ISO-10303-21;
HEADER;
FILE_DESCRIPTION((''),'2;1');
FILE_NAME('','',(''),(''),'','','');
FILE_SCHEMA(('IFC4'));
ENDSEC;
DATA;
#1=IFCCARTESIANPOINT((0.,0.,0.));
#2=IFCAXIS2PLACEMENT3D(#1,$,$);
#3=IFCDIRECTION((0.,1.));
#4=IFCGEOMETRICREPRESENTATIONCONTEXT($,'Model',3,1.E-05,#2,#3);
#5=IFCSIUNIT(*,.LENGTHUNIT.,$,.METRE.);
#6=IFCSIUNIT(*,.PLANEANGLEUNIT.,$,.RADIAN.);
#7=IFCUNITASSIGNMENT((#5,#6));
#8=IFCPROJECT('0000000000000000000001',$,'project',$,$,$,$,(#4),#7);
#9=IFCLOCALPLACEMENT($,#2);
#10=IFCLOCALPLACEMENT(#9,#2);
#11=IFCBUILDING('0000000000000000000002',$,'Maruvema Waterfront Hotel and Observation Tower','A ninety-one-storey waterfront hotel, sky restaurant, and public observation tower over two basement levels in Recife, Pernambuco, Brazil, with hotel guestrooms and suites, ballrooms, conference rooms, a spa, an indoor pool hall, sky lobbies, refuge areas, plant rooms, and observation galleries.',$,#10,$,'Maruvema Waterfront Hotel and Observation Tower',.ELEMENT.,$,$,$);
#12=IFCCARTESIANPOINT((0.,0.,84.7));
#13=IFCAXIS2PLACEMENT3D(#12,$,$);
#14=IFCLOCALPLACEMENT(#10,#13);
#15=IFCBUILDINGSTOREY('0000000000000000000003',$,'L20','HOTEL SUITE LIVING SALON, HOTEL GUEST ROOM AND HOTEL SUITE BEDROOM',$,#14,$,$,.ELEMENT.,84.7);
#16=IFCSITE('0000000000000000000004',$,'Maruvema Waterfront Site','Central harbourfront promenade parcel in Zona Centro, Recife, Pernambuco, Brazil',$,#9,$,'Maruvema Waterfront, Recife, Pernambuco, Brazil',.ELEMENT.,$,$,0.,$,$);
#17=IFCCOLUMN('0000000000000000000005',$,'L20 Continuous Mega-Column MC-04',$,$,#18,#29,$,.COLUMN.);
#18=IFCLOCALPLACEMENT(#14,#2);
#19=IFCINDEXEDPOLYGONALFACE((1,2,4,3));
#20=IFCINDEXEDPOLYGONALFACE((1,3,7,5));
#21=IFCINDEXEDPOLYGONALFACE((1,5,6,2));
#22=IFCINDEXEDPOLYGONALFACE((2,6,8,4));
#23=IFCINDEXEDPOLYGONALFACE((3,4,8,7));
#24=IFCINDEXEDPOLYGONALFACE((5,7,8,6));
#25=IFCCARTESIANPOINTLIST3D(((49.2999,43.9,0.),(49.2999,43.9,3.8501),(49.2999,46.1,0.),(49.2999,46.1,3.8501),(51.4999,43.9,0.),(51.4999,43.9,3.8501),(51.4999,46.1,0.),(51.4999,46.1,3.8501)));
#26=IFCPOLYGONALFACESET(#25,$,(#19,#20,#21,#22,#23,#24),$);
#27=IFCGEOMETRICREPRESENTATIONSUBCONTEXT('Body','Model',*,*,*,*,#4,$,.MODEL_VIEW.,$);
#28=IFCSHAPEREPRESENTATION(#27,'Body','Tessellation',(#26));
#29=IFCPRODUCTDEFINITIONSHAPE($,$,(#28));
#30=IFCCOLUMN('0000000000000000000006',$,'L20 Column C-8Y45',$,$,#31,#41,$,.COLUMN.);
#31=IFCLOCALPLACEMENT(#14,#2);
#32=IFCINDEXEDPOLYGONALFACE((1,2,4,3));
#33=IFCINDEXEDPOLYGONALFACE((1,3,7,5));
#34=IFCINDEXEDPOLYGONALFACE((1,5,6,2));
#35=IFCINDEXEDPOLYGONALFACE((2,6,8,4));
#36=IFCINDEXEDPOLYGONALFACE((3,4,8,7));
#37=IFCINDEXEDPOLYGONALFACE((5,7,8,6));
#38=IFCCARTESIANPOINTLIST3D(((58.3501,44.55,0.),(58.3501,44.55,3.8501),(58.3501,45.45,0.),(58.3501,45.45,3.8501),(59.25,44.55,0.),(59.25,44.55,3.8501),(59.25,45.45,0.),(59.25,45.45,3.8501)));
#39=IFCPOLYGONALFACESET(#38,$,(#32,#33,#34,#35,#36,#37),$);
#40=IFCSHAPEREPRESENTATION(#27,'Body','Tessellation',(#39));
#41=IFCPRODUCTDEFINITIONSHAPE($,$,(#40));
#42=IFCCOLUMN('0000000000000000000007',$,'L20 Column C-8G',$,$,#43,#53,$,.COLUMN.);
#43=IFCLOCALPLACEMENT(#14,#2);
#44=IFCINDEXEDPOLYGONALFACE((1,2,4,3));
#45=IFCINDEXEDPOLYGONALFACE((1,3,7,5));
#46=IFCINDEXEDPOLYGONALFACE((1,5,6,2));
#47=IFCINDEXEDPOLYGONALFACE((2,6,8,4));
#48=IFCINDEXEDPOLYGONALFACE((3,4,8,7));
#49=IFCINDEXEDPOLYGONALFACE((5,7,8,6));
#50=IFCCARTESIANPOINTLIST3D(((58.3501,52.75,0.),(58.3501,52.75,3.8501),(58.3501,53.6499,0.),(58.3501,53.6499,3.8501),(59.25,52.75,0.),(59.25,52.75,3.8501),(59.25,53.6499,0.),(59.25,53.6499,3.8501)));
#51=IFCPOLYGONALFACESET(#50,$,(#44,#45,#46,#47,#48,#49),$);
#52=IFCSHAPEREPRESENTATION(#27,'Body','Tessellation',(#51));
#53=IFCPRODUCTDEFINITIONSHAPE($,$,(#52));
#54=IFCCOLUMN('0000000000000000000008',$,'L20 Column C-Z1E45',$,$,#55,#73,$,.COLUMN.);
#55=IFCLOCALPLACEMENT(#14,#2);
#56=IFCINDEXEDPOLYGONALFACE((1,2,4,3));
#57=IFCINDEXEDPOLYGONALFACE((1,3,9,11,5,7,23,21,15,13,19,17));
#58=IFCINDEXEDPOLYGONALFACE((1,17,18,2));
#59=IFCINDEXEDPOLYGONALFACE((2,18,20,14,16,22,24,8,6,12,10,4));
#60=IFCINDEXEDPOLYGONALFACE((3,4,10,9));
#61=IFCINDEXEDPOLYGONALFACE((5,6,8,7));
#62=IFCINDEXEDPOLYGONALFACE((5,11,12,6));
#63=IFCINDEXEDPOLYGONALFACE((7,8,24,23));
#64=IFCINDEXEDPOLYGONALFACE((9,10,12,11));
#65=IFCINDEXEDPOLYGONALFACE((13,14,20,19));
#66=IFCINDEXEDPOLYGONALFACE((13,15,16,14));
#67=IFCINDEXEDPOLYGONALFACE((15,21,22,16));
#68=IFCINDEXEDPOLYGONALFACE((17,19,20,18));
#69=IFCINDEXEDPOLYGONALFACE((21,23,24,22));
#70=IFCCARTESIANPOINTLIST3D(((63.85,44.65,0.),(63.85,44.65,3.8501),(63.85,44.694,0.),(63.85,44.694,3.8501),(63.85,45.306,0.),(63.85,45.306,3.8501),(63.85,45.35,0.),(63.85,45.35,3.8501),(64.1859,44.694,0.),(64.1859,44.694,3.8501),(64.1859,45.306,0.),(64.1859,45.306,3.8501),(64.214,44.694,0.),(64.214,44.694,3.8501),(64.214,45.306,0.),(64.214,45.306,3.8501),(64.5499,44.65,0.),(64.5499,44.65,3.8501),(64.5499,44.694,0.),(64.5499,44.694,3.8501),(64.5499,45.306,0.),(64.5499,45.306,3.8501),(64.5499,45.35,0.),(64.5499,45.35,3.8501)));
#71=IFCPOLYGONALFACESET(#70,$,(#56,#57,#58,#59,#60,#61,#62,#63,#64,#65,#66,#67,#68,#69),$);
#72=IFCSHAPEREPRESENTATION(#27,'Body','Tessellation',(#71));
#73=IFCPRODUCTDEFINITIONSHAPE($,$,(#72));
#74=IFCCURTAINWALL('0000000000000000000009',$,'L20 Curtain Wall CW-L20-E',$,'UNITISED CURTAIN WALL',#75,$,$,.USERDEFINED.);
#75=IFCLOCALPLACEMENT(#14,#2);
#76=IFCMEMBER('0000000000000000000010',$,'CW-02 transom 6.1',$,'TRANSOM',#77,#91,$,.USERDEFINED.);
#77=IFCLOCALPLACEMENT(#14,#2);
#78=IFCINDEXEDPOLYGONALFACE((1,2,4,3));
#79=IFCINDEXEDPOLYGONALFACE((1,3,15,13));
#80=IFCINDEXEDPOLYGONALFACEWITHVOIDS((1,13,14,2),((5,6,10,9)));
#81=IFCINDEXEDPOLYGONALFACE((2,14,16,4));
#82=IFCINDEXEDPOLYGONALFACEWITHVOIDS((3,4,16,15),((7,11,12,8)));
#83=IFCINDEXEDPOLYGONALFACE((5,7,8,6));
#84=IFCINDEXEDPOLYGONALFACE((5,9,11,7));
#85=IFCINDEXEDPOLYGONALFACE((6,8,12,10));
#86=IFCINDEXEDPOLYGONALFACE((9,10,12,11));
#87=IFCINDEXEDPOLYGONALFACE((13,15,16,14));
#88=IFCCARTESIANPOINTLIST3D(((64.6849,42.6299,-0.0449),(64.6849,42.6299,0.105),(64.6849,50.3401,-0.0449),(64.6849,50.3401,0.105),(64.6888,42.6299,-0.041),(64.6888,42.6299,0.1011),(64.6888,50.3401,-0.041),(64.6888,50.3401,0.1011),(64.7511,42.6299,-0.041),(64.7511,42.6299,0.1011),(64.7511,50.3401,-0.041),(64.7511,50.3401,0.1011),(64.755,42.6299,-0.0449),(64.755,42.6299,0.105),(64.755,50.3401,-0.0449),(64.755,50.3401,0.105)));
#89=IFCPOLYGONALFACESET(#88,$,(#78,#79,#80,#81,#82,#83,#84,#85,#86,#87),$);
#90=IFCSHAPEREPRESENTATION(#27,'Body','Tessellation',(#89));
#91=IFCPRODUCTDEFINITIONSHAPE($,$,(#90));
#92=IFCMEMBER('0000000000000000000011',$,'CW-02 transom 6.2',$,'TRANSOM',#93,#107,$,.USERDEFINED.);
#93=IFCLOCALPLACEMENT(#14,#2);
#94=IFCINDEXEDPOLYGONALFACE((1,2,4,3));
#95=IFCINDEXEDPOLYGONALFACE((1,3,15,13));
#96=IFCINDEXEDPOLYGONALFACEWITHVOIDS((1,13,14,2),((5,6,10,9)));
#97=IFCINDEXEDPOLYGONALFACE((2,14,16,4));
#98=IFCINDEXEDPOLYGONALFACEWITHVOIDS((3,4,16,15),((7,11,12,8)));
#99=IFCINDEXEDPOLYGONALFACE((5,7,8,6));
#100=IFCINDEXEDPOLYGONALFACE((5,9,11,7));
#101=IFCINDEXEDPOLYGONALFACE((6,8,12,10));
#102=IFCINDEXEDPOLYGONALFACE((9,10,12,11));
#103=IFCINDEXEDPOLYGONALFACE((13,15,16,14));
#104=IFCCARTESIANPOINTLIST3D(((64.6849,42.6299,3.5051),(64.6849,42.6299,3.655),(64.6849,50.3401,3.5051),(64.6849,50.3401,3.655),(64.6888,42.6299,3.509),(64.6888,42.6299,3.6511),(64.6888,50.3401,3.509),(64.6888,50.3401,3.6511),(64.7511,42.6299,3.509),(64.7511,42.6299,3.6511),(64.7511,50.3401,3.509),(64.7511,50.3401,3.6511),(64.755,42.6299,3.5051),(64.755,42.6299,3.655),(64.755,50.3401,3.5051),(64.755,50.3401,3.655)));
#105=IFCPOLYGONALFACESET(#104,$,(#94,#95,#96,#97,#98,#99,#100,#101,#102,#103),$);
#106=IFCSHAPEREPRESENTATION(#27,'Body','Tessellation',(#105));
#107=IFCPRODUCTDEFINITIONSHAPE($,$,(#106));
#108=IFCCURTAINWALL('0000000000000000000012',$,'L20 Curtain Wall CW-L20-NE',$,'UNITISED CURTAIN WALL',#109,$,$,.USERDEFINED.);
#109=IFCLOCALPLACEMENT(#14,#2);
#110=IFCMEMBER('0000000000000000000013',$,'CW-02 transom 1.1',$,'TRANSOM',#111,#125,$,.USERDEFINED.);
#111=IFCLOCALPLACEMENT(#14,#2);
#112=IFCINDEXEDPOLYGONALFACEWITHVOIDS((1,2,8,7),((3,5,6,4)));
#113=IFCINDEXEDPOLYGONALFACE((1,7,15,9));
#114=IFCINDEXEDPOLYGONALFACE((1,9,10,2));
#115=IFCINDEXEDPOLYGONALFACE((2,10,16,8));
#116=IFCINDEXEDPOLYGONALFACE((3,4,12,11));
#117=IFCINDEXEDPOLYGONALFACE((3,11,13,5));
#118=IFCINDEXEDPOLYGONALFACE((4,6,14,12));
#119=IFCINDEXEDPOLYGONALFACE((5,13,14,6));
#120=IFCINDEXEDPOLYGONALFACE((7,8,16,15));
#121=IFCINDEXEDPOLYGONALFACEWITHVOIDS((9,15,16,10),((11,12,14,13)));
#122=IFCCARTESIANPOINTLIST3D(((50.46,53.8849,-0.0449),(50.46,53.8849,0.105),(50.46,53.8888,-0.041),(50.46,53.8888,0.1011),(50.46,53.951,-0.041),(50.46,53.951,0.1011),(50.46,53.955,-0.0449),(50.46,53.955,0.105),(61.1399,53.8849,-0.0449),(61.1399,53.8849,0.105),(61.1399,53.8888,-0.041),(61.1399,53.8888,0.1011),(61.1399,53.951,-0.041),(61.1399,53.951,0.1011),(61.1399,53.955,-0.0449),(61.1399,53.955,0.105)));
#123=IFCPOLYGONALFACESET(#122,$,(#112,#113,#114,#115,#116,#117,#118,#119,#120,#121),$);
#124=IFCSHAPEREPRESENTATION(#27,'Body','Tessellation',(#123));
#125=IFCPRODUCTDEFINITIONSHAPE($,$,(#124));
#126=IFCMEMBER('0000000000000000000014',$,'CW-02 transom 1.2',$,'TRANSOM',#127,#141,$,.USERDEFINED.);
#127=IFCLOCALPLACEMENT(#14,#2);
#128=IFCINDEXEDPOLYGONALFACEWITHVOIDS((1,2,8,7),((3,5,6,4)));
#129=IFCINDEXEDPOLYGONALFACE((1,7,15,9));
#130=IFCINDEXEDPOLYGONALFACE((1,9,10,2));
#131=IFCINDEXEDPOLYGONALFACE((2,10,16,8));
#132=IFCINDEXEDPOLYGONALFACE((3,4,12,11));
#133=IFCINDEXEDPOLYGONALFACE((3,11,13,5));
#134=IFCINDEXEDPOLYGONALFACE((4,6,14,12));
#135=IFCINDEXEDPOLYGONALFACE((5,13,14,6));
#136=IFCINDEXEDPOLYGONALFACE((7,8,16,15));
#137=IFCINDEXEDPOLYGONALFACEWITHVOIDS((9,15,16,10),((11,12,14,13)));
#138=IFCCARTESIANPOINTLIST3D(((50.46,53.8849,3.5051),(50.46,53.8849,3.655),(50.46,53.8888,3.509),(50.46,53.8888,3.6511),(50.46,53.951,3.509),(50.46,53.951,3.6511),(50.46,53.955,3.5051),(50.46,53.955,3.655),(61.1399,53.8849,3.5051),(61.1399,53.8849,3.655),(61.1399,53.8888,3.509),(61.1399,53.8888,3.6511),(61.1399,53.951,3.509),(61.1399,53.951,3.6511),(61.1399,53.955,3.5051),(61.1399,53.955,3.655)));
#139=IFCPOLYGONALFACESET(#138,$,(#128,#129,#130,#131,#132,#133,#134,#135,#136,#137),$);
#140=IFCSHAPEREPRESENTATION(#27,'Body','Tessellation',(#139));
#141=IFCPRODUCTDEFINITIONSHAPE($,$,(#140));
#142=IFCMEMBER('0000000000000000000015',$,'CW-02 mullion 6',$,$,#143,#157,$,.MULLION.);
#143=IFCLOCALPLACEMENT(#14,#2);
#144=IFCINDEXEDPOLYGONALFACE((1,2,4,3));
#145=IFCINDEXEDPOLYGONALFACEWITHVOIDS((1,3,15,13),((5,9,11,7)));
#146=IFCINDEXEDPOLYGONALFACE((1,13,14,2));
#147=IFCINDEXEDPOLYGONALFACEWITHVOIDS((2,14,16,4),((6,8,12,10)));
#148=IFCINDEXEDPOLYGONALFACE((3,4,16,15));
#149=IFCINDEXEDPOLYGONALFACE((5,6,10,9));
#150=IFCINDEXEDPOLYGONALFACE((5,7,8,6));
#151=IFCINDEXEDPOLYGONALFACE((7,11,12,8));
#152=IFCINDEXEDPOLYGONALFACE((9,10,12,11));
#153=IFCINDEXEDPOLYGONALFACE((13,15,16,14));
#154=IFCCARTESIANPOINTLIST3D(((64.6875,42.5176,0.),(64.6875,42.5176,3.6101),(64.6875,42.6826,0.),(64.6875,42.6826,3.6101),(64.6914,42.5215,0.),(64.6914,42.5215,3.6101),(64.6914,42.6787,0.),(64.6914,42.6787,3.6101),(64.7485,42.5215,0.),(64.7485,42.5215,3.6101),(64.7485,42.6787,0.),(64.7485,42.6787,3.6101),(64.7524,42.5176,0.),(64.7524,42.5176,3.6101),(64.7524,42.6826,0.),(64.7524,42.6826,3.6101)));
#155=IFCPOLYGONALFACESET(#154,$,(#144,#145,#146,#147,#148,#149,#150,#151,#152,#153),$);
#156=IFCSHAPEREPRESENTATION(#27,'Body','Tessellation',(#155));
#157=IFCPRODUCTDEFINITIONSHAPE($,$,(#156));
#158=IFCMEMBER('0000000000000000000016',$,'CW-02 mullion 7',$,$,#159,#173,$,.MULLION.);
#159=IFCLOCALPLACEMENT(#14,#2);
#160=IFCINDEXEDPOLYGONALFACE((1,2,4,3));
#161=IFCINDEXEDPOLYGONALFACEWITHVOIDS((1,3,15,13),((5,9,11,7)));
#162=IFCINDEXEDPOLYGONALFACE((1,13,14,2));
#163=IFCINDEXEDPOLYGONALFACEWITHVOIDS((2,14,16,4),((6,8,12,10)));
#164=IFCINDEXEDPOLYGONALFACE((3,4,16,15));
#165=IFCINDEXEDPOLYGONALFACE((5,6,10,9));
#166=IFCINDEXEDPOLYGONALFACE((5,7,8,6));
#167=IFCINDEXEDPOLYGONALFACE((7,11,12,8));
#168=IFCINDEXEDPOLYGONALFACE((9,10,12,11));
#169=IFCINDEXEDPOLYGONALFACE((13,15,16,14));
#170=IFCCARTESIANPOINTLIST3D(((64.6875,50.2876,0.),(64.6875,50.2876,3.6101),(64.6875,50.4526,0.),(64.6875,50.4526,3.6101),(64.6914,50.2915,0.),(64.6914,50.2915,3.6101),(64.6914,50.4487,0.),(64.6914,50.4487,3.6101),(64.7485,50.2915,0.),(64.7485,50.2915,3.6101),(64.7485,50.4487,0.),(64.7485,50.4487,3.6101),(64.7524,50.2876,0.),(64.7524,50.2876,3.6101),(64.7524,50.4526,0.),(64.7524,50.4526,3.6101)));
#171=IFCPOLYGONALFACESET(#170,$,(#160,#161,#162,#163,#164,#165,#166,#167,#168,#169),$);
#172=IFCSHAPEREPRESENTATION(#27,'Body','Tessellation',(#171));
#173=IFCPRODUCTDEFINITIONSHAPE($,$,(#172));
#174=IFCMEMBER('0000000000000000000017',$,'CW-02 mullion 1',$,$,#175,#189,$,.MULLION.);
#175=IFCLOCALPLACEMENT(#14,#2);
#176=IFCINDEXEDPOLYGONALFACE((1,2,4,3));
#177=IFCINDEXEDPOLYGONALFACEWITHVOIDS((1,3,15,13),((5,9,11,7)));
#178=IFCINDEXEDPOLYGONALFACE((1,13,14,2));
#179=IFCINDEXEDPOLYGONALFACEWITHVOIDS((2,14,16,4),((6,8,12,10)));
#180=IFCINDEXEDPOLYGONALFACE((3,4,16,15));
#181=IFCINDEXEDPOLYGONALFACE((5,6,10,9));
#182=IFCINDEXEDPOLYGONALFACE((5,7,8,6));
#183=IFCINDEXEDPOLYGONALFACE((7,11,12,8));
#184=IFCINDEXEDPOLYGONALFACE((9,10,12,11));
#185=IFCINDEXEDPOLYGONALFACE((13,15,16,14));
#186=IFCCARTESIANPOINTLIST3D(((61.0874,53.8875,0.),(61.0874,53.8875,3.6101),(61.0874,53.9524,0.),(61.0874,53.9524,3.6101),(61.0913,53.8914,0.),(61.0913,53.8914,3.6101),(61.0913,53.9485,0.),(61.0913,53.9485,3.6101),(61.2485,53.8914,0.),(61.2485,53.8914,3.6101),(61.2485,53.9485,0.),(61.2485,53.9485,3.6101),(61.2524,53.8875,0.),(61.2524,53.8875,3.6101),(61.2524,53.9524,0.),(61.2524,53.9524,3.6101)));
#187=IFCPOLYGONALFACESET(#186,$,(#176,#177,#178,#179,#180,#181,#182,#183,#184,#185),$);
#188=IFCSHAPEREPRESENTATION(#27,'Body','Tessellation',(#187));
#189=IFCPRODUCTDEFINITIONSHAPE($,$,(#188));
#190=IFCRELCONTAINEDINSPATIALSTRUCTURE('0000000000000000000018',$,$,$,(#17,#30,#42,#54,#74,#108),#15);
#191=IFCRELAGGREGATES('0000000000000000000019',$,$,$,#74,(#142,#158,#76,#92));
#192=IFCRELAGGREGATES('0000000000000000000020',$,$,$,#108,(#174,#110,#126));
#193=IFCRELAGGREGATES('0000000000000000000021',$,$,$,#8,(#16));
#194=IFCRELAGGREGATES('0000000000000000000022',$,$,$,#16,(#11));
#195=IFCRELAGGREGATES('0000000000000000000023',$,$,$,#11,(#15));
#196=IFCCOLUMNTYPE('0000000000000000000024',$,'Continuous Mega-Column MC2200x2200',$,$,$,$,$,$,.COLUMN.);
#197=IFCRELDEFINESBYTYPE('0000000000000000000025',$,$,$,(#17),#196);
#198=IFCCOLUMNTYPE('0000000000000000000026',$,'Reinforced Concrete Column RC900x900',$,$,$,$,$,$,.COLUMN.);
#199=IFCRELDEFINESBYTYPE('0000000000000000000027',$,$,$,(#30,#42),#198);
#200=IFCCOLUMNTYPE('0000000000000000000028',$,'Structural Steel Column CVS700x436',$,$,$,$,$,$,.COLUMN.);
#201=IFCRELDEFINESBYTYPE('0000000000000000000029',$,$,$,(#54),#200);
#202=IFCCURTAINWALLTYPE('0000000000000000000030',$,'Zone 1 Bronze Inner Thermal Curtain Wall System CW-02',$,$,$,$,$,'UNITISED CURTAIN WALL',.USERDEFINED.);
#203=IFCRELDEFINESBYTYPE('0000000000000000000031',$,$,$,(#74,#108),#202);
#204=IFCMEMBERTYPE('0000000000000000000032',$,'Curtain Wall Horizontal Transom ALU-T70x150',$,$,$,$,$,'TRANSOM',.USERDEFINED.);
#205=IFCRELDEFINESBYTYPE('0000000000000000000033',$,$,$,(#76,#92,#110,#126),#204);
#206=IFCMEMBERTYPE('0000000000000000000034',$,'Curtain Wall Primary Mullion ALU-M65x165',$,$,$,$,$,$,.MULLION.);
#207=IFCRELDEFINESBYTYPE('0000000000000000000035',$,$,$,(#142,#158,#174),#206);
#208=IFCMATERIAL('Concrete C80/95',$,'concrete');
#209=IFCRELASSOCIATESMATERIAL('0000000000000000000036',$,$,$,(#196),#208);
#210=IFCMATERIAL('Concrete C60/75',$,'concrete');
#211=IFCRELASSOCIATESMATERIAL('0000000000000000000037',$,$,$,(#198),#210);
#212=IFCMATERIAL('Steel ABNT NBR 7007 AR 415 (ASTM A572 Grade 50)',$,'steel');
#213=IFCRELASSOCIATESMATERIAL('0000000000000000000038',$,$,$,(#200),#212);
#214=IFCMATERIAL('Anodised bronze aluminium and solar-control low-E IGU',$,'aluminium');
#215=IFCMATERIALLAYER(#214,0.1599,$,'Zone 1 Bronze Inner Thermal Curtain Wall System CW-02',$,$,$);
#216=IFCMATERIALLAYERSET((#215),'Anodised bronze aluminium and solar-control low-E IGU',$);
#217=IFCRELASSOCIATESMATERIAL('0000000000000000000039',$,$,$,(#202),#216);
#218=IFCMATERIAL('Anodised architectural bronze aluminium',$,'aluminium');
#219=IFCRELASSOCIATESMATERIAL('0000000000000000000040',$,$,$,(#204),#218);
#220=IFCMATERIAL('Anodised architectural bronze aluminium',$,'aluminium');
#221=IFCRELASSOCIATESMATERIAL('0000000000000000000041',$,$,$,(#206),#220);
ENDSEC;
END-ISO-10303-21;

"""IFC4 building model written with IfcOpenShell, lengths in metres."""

from ifc_helpers import new_model, si_unit, direction, frame, origin, origin_2d, place, context, subcontext, project, spatial, rectangle, hollow_rectangle, i_section, extrude, material, layer, layer_set, material_profile, profile_set, type_object, element, aggregate, save


model = new_model("IFC4")

# Units and contexts
model_context = context("Model", 3, precision=1e-05, world=origin(), true_north=direction((0.0, 1.0)))
body_context = subcontext(model_context, "Body", "Model", "MODEL_VIEW")
ifc_project = project(units=[si_unit("LENGTHUNIT", "METRE"), si_unit("PLANEANGLEUNIT", "RADIAN")], contexts=[model_context])

# Site, building, storey
site_placement = place(None, origin())
site = spatial("IfcSite", under=ifc_project, at=site_placement, Name="Maruvema Waterfront Site", Description="Central harbourfront promenade parcel in Zona Centro, Recife, Pernambuco, Brazil", LongName="Maruvema Waterfront, Recife, Pernambuco, Brazil", CompositionType="ELEMENT", RefElevation=0.0)
building_placement = place(site_placement, origin())
building = spatial("IfcBuilding", under=site, at=building_placement, Name="Maruvema Waterfront Hotel and Observation Tower", Description="A ninety-one-storey waterfront hotel, sky restaurant, and public observation tower over two basement levels in Recife, Pernambuco, Brazil, with hotel guestrooms and suites, ballrooms, conference rooms, a spa, an indoor pool hall, sky lobbies, refuge areas, plant rooms, and observation galleries.", LongName="Maruvema Waterfront Hotel and Observation Tower", CompositionType="ELEMENT")
storey_placement = place(building_placement, frame((0.0, 0.0, 84.7)))
storey = spatial("IfcBuildingStorey", under=building, at=storey_placement, Name="L20", Description="HOTEL SUITE LIVING SALON, HOTEL GUEST ROOM AND HOTEL SUITE BEDROOM", CompositionType="ELEMENT", Elevation=84.7)

# Columns
ifc_material_1 = material(Name="Concrete C80/95", Category="concrete")
ifc_material_profile_1 = material_profile(ifc_material_1, rectangle(XDim=2.2, YDim=2.2, at=origin_2d()), Name="MC2200x2200")
ifc_profile_set_1 = profile_set([ifc_material_profile_1], Name="Concrete C80/95")
column_type_1 = type_object("IfcColumnType", Name="Continuous Mega-Column MC2200x2200", PredefinedType="COLUMN", material=ifc_profile_set_1)
column_1_placement = place(storey_placement, frame((50.3999, 45.0, 0.0), z_axis=(0.0, 0.0, 1.0), x_axis=(1.0, 0.0, 0.0)))
element("IfcColumn", 1, at=column_1_placement, inside=storey, type_object=column_type_1, Name="L20 Continuous Mega-Column MC-04", PredefinedType="COLUMN", context=body_context, shape_type="SweptSolid", body=[
    extrude(rectangle(XDim=2.2, YDim=2.2, at=origin_2d()), origin(), (0.0, 0.0, 1.0), 3.8501),
])
ifc_material_2 = material(Name="Concrete C60/75", Category="concrete")
ifc_material_profile_2 = material_profile(ifc_material_2, rectangle(XDim=0.8999, YDim=0.8999, at=origin_2d()), Name="RC900x900")
ifc_profile_set_2 = profile_set([ifc_material_profile_2], Name="Concrete C60/75")
column_type_2 = type_object("IfcColumnType", Name="Reinforced Concrete Column RC900x900", PredefinedType="COLUMN", material=ifc_profile_set_2)
for number, where, z_axis, x_axis, name in (
    (2, (58.8, 45.0, 0.0), (0.0, 0.0, 1.0), (1.0, 0.0, 0.0), "L20 Column C-8Y45"),
    (3, (58.8, 53.2, 0.0), (0.0, 0.0, 1.0), (1.0, 0.0, 0.0), "L20 Column C-8G"),
):
    element("IfcColumn", number, at=place(storey_placement, frame(where, z_axis=z_axis, x_axis=x_axis)), inside=storey, type_object=column_type_2, Name=name, PredefinedType="COLUMN", context=body_context, shape_type="SweptSolid", body=[
        extrude(rectangle(XDim=0.8999, YDim=0.8999, at=origin_2d()), origin(), (0.0, 0.0, 1.0), 3.8501),
    ])
ifc_material_3 = material(Name="Steel ABNT NBR 7007 AR 415 (ASTM A572 Grade 50)", Category="steel")
ifc_material_profile_3 = material_profile(ifc_material_3, i_section(OverallWidth=0.7, OverallDepth=0.7, WebThickness=0.0281, FlangeThickness=0.0439, at=origin_2d()), Name="CVS700x436")
ifc_profile_set_3 = profile_set([ifc_material_profile_3], Name="Steel ABNT NBR 7007 AR 415 (ASTM A572 Grade 50)")
column_type_3 = type_object("IfcColumnType", Name="Structural Steel Column CVS700x436", PredefinedType="COLUMN", material=ifc_profile_set_3)
column_2_placement = place(storey_placement, frame((64.2, 45.0, 0.0), z_axis=(0.0, 0.0, 1.0), x_axis=(1.0, 0.0, 0.0)))
element("IfcColumn", 4, at=column_2_placement, inside=storey, type_object=column_type_3, Name="L20 Column C-Z1E45", PredefinedType="COLUMN", context=body_context, shape_type="SweptSolid", body=[
    extrude(i_section(OverallWidth=0.7, OverallDepth=0.7, WebThickness=0.0281, FlangeThickness=0.0439, at=origin_2d()), origin(), (0.0, 0.0, 1.0), 3.8501),
])

# Curtain walls, members
ifc_material_4 = material(Name="Anodised bronze aluminium and solar-control low-E IGU", Category="aluminium")
ifc_layer_1 = layer(ifc_material_4, 0.1599, Name="Zone 1 Bronze Inner Thermal Curtain Wall System CW-02")
ifc_layer_set_1 = layer_set([ifc_layer_1], Name="Anodised bronze aluminium and solar-control low-E IGU")
curtain_wall_type = type_object("IfcCurtainWallType", Name="Zone 1 Bronze Inner Thermal Curtain Wall System CW-02", ElementType="UNITISED CURTAIN WALL", PredefinedType="USERDEFINED", material=ifc_layer_set_1)
curtain_wall_1_placement = place(storey_placement, origin())
curtain_wall_1 = element("IfcCurtainWall", 5, at=curtain_wall_1_placement, inside=storey, type_object=curtain_wall_type, Name="L20 Curtain Wall CW-L20-E", ObjectType="UNITISED CURTAIN WALL", PredefinedType="USERDEFINED")
ifc_material_5 = material(Name="Anodised architectural bronze aluminium", Category="aluminium")
ifc_material_profile_4 = material_profile(ifc_material_5, hollow_rectangle(XDim=0.0701, YDim=0.1499, WallThickness=0.0039, at=origin_2d()), Name="ALU-T70x150")
ifc_profile_set_4 = profile_set([ifc_material_profile_4], Name="Anodised architectural bronze aluminium")
member_type_1 = type_object("IfcMemberType", Name="Curtain Wall Horizontal Transom ALU-T70x150", ElementType="TRANSOM", PredefinedType="USERDEFINED", material=ifc_profile_set_4)
member_1_placement = place(storey_placement, frame((64.72, 42.6299, 0.03), z_axis=(0.0, 1.0, 0.0), x_axis=(-1.0, 0.0, 0.0)))
member_1 = element("IfcMember", 6, at=member_1_placement, type_object=member_type_1, Name="CW-02 transom 6.1", ObjectType="TRANSOM", PredefinedType="USERDEFINED", context=body_context, shape_type="SweptSolid", body=[
    extrude(hollow_rectangle(XDim=0.0701, YDim=0.1499, WallThickness=0.0039, at=origin_2d()), origin(), (0.0, 0.0, 1.0), 7.7102),
])
member_2_placement = place(storey_placement, frame((64.72, 42.6299, 3.5801), z_axis=(0.0, 1.0, 0.0), x_axis=(-1.0, 0.0, 0.0)))
member_2 = element("IfcMember", 7, at=member_2_placement, type_object=member_type_1, Name="CW-02 transom 6.2", ObjectType="TRANSOM", PredefinedType="USERDEFINED", context=body_context, shape_type="SweptSolid", body=[
    extrude(hollow_rectangle(XDim=0.0701, YDim=0.1499, WallThickness=0.0039, at=origin_2d()), origin(), (0.0, 0.0, 1.0), 7.7102),
])
curtain_wall_2_placement = place(storey_placement, origin())
curtain_wall_2 = element("IfcCurtainWall", 8, at=curtain_wall_2_placement, inside=storey, type_object=curtain_wall_type, Name="L20 Curtain Wall CW-L20-NE", ObjectType="UNITISED CURTAIN WALL", PredefinedType="USERDEFINED")
member_3_placement = place(storey_placement, frame((61.1399, 53.9199, 0.03), z_axis=(-1.0, 0.0, 0.0), x_axis=(0.0, -1.0, 0.0)))
member_3 = element("IfcMember", 9, at=member_3_placement, type_object=member_type_1, Name="CW-02 transom 1.1", ObjectType="TRANSOM", PredefinedType="USERDEFINED", context=body_context, shape_type="SweptSolid", body=[
    extrude(hollow_rectangle(XDim=0.0701, YDim=0.1499, WallThickness=0.0039, at=origin_2d()), origin(), (0.0, 0.0, 1.0), 10.6799),
])
member_4_placement = place(storey_placement, frame((61.1399, 53.9199, 3.5801), z_axis=(-1.0, 0.0, 0.0), x_axis=(0.0, -1.0, 0.0)))
member_4 = element("IfcMember", 10, at=member_4_placement, type_object=member_type_1, Name="CW-02 transom 1.2", ObjectType="TRANSOM", PredefinedType="USERDEFINED", context=body_context, shape_type="SweptSolid", body=[
    extrude(hollow_rectangle(XDim=0.0701, YDim=0.1499, WallThickness=0.0039, at=origin_2d()), origin(), (0.0, 0.0, 1.0), 10.6799),
])

# Members
ifc_material_6 = material(Name="Anodised architectural bronze aluminium", Category="aluminium")
ifc_material_profile_5 = material_profile(ifc_material_6, hollow_rectangle(XDim=0.0649, YDim=0.165, WallThickness=0.0039, at=origin_2d()), Name="ALU-M65x165")
ifc_profile_set_5 = profile_set([ifc_material_profile_5], Name="Anodised architectural bronze aluminium")
member_type_2 = type_object("IfcMemberType", Name="Curtain Wall Primary Mullion ALU-M65x165", PredefinedType="MULLION", material=ifc_profile_set_5)
member_5_placement = place(storey_placement, frame((64.72, 42.6001, 0.0), z_axis=(0.0, 0.0, 1.0), x_axis=(-1.0, 0.0, 0.0)))
member_5 = element("IfcMember", 11, at=member_5_placement, type_object=member_type_2, Name="CW-02 mullion 6", PredefinedType="MULLION", context=body_context, shape_type="SweptSolid", body=[
    extrude(hollow_rectangle(XDim=0.0649, YDim=0.165, WallThickness=0.0039, at=origin_2d()), origin(), (0.0, 0.0, 1.0), 3.6101),
])
member_6_placement = place(storey_placement, frame((64.72, 50.3701, 0.0), z_axis=(0.0, 0.0, 1.0), x_axis=(-1.0, 0.0, 0.0)))
member_6 = element("IfcMember", 12, at=member_6_placement, type_object=member_type_2, Name="CW-02 mullion 7", PredefinedType="MULLION", context=body_context, shape_type="SweptSolid", body=[
    extrude(hollow_rectangle(XDim=0.0649, YDim=0.165, WallThickness=0.0039, at=origin_2d()), origin(), (0.0, 0.0, 1.0), 3.6101),
])
member_7_placement = place(storey_placement, frame((61.1699, 53.9199, 0.0), z_axis=(0.0, 0.0, 1.0), x_axis=(0.0, -1.0, 0.0)))
member_7 = element("IfcMember", 13, at=member_7_placement, type_object=member_type_2, Name="CW-02 mullion 1", PredefinedType="MULLION", context=body_context, shape_type="SweptSolid", body=[
    extrude(hollow_rectangle(XDim=0.0649, YDim=0.165, WallThickness=0.0039, at=origin_2d()), origin(), (0.0, 0.0, 1.0), 3.6101),
])

aggregate(curtain_wall_1, [member_5, member_6, member_1, member_2])
aggregate(curtain_wall_2, [member_7, member_3, member_4])

save(model, "model.ifc")
